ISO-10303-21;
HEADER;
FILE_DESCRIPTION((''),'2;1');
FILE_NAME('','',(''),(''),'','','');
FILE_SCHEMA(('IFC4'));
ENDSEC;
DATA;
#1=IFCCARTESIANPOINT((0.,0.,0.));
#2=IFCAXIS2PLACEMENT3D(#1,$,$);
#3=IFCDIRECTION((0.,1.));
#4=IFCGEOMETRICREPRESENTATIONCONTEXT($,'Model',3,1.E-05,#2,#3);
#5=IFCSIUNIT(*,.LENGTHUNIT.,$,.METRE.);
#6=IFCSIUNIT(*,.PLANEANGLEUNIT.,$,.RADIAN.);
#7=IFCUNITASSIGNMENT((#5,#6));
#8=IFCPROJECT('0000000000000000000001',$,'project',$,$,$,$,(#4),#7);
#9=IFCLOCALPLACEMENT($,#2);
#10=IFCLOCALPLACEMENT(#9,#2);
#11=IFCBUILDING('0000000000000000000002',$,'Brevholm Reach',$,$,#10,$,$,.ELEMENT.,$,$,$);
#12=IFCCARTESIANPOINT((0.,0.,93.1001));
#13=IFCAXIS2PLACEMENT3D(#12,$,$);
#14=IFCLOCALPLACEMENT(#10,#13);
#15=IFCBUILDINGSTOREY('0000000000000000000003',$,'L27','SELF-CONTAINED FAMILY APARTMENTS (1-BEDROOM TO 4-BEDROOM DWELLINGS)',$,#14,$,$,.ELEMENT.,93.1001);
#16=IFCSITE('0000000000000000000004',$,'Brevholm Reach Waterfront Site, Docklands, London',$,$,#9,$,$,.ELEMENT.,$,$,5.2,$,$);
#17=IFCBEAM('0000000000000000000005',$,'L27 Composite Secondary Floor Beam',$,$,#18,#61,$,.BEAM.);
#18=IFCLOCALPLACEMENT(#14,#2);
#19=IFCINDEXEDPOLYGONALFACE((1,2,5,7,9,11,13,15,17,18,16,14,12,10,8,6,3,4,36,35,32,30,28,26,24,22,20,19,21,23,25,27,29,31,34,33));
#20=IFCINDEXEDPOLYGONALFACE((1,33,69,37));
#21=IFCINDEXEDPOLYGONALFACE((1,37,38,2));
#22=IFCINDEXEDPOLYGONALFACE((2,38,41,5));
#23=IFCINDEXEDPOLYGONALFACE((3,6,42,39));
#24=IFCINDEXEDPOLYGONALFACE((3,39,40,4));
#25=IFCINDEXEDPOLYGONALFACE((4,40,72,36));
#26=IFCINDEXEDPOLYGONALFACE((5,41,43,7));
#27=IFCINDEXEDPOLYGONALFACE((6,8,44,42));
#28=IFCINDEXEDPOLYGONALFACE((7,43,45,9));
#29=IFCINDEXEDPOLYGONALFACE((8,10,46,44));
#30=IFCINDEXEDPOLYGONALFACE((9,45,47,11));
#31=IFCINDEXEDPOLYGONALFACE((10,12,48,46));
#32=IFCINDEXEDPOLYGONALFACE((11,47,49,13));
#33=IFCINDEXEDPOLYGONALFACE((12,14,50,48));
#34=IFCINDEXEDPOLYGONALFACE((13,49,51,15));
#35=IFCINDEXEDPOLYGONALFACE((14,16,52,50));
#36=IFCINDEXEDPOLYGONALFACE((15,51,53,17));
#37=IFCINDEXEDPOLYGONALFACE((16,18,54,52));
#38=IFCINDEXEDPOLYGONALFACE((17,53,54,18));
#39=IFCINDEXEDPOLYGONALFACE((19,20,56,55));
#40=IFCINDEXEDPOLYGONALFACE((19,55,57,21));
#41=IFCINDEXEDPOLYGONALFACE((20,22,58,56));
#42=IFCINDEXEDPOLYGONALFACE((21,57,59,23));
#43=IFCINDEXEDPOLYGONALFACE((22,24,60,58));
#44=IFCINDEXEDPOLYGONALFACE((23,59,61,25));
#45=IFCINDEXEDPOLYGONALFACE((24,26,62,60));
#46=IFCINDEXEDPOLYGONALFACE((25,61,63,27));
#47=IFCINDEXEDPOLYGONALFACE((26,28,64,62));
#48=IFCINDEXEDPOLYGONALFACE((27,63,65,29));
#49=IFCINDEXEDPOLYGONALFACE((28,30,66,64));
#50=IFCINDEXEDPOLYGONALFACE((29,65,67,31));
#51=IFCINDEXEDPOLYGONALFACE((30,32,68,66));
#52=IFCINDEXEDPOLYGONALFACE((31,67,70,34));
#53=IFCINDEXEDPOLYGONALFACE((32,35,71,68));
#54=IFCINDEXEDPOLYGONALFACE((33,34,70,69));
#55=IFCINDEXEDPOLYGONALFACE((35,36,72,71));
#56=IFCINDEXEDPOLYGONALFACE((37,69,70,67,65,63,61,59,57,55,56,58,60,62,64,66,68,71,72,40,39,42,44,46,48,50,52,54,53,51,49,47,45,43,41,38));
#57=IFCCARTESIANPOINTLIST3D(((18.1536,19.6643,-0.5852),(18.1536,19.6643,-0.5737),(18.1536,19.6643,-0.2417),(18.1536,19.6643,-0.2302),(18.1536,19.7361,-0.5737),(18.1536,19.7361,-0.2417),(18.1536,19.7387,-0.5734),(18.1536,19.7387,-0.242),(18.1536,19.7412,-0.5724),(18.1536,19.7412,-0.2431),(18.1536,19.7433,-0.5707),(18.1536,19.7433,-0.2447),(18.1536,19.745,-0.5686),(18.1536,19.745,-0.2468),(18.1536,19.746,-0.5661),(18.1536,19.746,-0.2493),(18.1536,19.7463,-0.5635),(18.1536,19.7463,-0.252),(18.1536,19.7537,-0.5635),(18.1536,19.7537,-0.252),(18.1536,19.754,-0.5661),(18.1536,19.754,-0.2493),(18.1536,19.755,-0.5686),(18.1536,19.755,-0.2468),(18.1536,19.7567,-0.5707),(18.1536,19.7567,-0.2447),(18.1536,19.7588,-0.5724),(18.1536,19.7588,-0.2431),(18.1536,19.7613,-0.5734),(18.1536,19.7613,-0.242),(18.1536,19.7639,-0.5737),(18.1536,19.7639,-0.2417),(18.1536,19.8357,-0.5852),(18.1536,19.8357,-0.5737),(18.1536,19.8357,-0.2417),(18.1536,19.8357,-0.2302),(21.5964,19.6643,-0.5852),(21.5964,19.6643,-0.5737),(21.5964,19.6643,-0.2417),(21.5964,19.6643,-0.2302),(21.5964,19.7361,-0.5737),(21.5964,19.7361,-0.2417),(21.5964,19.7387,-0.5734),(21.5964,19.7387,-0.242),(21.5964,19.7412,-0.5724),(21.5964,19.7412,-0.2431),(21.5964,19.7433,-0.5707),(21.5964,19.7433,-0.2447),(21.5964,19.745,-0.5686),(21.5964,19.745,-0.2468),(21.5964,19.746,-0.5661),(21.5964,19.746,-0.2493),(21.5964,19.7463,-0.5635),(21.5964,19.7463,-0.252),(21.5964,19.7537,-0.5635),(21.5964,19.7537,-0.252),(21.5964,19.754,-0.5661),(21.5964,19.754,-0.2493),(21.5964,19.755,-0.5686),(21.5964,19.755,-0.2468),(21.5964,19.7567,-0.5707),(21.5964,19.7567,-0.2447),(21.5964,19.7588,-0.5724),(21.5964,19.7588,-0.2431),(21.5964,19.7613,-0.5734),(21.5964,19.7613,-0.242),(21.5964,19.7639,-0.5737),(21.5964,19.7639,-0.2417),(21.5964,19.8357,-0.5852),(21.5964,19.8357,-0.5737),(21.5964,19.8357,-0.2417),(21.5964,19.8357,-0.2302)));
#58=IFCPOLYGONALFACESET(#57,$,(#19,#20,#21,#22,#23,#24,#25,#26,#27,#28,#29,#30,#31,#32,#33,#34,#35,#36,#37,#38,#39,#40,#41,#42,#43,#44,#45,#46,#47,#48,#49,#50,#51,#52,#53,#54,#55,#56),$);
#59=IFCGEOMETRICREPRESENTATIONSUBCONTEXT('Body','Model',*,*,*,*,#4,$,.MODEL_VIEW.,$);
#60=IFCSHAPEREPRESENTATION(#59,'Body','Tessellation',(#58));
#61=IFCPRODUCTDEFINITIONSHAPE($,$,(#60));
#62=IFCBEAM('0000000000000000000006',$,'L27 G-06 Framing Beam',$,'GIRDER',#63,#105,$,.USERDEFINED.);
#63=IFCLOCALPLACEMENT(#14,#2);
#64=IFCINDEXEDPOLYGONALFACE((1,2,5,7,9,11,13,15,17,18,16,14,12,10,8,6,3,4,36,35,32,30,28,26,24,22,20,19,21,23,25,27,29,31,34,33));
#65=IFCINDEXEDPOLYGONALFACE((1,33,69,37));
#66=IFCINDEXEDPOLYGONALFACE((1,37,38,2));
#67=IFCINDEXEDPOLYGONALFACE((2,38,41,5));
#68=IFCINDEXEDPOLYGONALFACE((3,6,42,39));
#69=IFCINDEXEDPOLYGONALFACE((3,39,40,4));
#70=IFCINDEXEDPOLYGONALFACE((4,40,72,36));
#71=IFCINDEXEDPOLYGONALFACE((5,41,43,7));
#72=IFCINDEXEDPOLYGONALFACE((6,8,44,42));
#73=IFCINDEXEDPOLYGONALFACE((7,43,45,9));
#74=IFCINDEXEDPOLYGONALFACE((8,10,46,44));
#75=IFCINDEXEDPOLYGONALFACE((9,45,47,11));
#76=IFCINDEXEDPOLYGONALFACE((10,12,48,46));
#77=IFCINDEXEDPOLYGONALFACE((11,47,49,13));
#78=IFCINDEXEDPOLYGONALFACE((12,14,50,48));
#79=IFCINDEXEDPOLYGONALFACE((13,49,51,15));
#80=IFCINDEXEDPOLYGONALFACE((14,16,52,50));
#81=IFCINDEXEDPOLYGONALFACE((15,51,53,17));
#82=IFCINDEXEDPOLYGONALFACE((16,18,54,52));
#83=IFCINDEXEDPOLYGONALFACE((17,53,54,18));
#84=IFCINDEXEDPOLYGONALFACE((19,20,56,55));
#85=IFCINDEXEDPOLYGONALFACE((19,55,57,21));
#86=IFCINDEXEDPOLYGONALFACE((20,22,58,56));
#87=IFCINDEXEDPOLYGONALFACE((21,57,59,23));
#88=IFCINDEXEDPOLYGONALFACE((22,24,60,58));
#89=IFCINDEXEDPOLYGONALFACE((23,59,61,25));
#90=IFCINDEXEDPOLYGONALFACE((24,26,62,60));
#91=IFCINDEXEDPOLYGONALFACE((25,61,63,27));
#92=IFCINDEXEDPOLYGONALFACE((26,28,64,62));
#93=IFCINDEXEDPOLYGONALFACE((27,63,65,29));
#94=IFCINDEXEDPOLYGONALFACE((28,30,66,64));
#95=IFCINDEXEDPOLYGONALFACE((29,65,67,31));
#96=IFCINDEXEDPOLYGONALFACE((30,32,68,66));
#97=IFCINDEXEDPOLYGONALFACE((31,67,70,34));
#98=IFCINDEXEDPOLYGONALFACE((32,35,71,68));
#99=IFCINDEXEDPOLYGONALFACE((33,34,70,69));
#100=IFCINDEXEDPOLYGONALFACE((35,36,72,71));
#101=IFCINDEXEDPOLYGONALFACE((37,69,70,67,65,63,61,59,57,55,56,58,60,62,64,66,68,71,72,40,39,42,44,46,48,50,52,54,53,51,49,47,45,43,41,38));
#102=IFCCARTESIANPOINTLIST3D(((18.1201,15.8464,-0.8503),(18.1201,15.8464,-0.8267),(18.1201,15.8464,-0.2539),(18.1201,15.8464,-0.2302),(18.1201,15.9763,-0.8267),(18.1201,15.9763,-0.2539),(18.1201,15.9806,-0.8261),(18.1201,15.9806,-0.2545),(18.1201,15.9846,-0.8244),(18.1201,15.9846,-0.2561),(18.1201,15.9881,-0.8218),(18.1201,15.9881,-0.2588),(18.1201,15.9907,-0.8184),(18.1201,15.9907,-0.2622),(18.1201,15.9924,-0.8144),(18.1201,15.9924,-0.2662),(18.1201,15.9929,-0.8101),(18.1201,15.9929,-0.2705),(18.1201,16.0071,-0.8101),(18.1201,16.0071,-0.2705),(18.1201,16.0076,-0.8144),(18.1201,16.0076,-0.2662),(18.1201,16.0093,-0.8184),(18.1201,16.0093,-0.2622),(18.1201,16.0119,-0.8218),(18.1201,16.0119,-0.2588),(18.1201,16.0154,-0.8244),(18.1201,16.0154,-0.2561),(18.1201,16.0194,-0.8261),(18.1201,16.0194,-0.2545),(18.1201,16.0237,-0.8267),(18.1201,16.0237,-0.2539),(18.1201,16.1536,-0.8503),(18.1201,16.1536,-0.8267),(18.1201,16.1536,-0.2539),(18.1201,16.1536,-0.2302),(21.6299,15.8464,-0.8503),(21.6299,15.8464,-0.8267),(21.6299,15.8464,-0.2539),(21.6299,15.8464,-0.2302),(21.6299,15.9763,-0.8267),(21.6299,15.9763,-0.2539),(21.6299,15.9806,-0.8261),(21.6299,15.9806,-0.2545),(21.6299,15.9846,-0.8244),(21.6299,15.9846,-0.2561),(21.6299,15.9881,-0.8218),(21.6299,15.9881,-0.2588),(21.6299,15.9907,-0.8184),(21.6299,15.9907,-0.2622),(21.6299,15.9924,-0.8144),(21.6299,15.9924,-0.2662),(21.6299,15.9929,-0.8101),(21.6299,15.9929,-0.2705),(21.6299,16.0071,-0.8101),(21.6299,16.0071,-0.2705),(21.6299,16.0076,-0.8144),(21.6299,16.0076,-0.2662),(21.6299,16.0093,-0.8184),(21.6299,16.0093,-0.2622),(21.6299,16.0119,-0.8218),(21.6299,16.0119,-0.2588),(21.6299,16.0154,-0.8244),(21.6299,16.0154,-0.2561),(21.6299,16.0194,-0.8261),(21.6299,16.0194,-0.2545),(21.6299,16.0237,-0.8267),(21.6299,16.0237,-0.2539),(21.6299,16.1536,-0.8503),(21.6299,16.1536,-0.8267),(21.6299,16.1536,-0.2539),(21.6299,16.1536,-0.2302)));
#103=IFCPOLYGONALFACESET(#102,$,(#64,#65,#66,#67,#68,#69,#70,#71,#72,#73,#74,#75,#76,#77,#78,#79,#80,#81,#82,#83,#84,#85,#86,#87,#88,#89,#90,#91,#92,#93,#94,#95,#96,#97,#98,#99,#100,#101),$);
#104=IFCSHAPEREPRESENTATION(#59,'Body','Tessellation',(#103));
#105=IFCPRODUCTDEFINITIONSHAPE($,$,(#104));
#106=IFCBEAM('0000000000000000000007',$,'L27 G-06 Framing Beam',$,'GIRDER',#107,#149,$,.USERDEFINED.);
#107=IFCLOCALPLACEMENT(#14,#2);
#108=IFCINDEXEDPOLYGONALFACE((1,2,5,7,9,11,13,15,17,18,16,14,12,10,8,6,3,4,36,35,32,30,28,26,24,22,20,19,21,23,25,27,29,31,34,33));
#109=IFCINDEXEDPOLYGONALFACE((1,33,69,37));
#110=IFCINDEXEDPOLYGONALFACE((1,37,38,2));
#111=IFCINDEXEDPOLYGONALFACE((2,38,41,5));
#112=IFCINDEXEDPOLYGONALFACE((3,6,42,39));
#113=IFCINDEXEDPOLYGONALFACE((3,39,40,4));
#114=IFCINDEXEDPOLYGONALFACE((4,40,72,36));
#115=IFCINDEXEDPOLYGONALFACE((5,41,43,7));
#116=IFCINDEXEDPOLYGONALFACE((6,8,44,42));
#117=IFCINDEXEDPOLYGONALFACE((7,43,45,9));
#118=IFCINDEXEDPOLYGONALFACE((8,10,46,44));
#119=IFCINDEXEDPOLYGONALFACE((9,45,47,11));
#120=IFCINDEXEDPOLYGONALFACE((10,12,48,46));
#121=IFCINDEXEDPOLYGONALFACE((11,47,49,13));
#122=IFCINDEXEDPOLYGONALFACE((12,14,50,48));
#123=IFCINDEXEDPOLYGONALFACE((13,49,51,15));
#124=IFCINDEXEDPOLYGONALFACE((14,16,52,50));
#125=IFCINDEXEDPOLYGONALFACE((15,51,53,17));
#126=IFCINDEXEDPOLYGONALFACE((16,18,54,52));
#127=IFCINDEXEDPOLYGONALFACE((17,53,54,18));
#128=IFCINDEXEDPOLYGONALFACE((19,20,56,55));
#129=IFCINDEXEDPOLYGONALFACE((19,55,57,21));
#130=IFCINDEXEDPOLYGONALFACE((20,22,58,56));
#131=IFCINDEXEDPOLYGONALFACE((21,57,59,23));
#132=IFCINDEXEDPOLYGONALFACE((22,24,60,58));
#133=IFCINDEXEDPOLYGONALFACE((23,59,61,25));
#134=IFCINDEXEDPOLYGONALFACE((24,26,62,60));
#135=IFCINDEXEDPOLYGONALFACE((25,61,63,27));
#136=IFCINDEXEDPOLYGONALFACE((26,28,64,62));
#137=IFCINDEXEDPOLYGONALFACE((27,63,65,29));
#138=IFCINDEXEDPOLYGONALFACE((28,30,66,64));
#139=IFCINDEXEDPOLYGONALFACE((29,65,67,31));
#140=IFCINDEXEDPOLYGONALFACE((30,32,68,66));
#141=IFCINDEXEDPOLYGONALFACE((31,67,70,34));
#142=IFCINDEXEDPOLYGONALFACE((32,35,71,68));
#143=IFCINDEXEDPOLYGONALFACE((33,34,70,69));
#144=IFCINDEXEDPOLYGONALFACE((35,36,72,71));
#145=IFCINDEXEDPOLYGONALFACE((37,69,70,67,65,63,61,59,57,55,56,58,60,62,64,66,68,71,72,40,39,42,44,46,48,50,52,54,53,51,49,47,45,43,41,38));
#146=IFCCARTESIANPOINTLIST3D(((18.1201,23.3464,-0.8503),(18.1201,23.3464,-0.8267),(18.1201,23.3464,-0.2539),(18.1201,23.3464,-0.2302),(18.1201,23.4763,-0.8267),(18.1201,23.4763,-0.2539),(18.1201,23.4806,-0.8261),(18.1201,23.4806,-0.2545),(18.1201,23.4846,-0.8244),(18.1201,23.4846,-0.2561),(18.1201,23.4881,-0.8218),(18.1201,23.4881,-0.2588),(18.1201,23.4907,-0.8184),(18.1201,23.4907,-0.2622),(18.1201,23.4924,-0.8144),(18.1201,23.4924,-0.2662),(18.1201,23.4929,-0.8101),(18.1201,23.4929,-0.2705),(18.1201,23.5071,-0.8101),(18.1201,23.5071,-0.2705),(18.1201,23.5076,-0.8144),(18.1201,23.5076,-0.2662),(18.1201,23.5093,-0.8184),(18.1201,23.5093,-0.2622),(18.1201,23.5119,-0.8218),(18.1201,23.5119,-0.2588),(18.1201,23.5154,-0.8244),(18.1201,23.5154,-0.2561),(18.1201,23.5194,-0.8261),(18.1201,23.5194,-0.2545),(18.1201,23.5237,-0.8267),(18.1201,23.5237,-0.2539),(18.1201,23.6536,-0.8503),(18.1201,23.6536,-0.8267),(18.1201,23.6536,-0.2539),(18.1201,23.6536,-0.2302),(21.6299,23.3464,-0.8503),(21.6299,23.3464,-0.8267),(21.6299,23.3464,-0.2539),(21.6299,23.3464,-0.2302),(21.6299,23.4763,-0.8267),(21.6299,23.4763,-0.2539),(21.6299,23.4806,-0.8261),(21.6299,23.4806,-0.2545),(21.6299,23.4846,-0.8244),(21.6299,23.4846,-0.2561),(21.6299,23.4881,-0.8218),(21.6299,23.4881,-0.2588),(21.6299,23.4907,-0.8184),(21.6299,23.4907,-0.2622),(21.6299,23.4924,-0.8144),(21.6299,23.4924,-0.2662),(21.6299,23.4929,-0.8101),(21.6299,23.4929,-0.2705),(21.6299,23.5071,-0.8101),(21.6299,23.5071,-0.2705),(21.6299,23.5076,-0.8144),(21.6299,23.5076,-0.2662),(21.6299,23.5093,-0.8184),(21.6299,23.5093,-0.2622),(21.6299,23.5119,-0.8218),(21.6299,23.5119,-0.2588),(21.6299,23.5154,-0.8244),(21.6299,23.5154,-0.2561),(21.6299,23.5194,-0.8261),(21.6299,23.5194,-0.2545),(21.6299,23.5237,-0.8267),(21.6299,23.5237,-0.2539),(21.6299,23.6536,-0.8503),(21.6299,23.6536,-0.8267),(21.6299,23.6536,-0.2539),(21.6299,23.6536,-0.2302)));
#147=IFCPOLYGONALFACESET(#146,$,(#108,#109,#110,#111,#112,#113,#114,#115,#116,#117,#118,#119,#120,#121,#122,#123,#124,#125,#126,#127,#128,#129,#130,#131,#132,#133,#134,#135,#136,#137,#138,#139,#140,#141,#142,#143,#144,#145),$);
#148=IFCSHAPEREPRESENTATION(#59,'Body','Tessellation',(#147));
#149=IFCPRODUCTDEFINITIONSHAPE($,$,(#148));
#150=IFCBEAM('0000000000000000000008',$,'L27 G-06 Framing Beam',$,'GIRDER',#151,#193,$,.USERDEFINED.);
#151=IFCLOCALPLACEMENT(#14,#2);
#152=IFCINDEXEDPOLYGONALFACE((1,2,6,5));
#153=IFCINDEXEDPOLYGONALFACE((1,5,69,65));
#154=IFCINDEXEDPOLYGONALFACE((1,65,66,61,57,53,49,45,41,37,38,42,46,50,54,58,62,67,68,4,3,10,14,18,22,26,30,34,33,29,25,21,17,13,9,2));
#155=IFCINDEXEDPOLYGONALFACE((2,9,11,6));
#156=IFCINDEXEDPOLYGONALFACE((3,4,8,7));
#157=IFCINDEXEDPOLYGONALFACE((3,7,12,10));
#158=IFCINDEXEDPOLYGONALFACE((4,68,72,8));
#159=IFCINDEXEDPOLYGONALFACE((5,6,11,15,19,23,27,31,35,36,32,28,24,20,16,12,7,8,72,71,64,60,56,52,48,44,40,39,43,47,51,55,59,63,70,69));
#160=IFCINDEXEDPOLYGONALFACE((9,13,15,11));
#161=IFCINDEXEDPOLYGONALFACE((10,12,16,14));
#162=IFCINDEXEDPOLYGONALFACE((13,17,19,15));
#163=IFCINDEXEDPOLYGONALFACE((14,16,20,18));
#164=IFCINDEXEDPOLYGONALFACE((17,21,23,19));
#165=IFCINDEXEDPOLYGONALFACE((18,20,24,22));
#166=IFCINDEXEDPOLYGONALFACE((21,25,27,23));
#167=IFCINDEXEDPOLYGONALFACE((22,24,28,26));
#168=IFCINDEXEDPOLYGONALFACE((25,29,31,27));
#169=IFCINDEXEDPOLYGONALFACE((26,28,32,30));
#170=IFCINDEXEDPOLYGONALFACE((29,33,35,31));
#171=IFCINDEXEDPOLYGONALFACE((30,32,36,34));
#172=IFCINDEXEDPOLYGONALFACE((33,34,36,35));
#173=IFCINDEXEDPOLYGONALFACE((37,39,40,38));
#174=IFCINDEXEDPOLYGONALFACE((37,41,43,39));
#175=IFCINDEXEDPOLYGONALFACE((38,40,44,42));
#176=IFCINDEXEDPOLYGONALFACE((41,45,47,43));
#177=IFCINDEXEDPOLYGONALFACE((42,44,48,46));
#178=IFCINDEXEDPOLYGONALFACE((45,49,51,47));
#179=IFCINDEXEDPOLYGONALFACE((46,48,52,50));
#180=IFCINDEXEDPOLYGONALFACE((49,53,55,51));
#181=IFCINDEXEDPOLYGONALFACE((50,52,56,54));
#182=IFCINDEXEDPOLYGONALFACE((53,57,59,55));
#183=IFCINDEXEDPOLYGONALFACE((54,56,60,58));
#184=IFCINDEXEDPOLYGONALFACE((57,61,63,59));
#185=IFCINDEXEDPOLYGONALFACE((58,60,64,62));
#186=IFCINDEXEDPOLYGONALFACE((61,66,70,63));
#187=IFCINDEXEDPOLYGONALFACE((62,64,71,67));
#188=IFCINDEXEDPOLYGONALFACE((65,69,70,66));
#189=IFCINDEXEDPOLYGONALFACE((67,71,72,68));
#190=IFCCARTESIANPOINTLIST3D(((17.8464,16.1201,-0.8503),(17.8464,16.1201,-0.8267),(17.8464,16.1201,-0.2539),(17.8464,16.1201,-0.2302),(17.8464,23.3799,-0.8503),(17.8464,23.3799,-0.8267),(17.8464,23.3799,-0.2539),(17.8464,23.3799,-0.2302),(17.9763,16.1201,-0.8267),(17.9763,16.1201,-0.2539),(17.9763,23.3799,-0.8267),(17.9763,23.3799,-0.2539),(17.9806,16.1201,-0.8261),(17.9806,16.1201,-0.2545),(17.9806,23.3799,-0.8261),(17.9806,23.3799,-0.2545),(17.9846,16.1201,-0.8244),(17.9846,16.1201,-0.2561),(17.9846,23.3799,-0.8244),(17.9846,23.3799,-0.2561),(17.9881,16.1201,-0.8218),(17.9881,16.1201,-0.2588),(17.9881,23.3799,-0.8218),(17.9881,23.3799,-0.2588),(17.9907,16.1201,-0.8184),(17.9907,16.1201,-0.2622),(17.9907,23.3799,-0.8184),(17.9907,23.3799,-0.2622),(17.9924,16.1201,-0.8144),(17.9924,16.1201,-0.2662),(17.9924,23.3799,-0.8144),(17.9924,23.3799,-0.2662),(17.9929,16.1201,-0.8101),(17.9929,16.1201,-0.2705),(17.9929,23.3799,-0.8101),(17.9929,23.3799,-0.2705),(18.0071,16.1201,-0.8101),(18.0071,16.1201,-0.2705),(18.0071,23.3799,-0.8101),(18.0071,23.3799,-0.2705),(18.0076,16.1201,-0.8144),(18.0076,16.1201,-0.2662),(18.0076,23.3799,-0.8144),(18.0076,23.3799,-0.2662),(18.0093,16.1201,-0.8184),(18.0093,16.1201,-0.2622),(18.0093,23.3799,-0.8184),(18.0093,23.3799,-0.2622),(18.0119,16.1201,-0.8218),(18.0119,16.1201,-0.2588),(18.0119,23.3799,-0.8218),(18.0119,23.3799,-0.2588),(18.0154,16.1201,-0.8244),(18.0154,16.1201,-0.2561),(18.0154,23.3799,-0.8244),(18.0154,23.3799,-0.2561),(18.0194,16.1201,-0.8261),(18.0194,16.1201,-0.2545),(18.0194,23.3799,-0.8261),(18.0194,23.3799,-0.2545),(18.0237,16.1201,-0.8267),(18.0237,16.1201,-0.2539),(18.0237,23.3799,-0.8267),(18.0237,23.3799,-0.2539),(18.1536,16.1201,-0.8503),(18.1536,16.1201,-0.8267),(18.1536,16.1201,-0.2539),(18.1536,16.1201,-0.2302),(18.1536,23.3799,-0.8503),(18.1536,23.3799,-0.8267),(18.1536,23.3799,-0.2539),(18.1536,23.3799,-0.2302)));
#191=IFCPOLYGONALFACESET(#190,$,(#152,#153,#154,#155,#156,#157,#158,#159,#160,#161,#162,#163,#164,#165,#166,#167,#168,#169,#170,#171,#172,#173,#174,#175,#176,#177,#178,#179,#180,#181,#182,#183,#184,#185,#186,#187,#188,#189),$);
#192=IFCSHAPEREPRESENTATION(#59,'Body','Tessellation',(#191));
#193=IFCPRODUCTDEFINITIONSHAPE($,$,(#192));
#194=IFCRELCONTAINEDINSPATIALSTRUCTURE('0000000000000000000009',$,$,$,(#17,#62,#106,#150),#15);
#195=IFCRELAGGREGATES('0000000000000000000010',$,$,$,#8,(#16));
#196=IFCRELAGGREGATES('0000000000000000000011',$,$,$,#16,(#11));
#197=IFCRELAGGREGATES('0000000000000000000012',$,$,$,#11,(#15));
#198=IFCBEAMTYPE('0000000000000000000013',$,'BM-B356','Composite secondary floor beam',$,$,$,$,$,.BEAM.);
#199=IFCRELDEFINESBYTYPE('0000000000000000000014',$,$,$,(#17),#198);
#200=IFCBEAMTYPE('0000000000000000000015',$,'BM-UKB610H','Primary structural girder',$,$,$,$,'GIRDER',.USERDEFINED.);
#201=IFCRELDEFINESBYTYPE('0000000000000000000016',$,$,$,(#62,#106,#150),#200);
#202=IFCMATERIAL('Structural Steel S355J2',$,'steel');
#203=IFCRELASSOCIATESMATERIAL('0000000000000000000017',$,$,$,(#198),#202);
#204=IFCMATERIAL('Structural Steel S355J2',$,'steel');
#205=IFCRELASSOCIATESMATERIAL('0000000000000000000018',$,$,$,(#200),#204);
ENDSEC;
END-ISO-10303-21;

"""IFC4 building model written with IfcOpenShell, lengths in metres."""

from ifc_helpers import new_model, si_unit, direction, frame, origin, origin_2d, place, context, subcontext, project, spatial, i_section, extrude, material, material_profile, profile_set, type_object, element, save


model = new_model("IFC4")

# Units and contexts
model_context = context("Model", 3, precision=1e-05, world=origin(), true_north=direction((0.0, 1.0)))
body_context = subcontext(model_context, "Body", "Model", "MODEL_VIEW")
ifc_project = project(units=[si_unit("LENGTHUNIT", "METRE"), si_unit("PLANEANGLEUNIT", "RADIAN")], contexts=[model_context])

# Site, building, storey
site_placement = place(None, origin())
site = spatial("IfcSite", under=ifc_project, at=site_placement, Name="Brevholm Reach Waterfront Site, Docklands, London", CompositionType="ELEMENT", RefElevation=5.2)
building_placement = place(site_placement, origin())
building = spatial("IfcBuilding", under=site, at=building_placement, Name="Brevholm Reach", CompositionType="ELEMENT")
storey_placement = place(building_placement, frame((0.0, 0.0, 93.1001)))
storey = spatial("IfcBuildingStorey", under=building, at=storey_placement, Name="L27", Description="SELF-CONTAINED FAMILY APARTMENTS (1-BEDROOM TO 4-BEDROOM DWELLINGS)", CompositionType="ELEMENT", Elevation=93.1001)

# Beams
ifc_material_1 = material(Name="Structural Steel S355J2", Category="steel")
ifc_material_profile_1 = material_profile(ifc_material_1, i_section(OverallWidth=0.1714, OverallDepth=0.355, WebThickness=0.0073, FlangeThickness=0.0115, FilletRadius=0.0103, at=origin_2d()), Name="UKB 356x171x51")
ifc_profile_set_1 = profile_set([ifc_material_profile_1], Name="Structural Steel S355J2")
beam_type_1 = type_object("IfcBeamType", Name="BM-B356", Description="Composite secondary floor beam", PredefinedType="BEAM", material=ifc_profile_set_1)
beam_1_placement = place(storey_placement, frame((18.1536, 19.75, -0.4077), z_axis=(1.0, 0.0, 0.0), x_axis=(0.0, 1.0, 0.0)))
element("IfcBeam", 1, at=beam_1_placement, inside=storey, type_object=beam_type_1, Name="L27 Composite Secondary Floor Beam", PredefinedType="BEAM", context=body_context, shape_type="SweptSolid", body=[
    extrude(i_section(OverallWidth=0.1714, OverallDepth=0.355, WebThickness=0.0073, FlangeThickness=0.0115, FilletRadius=0.0103, at=origin_2d()), origin(), (0.0, 0.0, 1.0), 3.4429),
])
ifc_material_2 = material(Name="Structural Steel S355J2", Category="steel")
ifc_material_profile_2 = material_profile(ifc_material_2, i_section(OverallWidth=0.3071, OverallDepth=0.6201, WebThickness=0.0142, FlangeThickness=0.0237, FilletRadius=0.0166, at=origin_2d()), Name="UKB 610x305x179")
ifc_profile_set_2 = profile_set([ifc_material_profile_2], Name="Structural Steel S355J2")
beam_type_2 = type_object("IfcBeamType", Name="BM-UKB610H", Description="Primary structural girder", ElementType="GIRDER", PredefinedType="USERDEFINED", material=ifc_profile_set_2)
for number, where, z_axis, x_axis, name in (
    (2, (18.1201, 16.0, -0.5403), (1.0, 0.0, 0.0), (0.0, 1.0, 0.0), "L27 G-06 Framing Beam"),
    (3, (18.1201, 23.5, -0.5403), (1.0, 0.0, 0.0), (0.0, 1.0, 0.0), "L27 G-06 Framing Beam"),
):
    element("IfcBeam", number, at=place(storey_placement, frame(where, z_axis=z_axis, x_axis=x_axis)), inside=storey, type_object=beam_type_2, Name=name, ObjectType="GIRDER", PredefinedType="USERDEFINED", context=body_context, shape_type="SweptSolid", body=[
        extrude(i_section(OverallWidth=0.3071, OverallDepth=0.6201, WebThickness=0.0142, FlangeThickness=0.0237, FilletRadius=0.0166, at=origin_2d()), origin(), (0.0, 0.0, 1.0), 3.5098),
    ])
beam_2_placement = place(storey_placement, frame((18.0, 16.1201, -0.5403), z_axis=(0.0, 1.0, 0.0), x_axis=(-1.0, 0.0, 0.0)))
element("IfcBeam", 4, at=beam_2_placement, inside=storey, type_object=beam_type_2, Name="L27 G-06 Framing Beam", ObjectType="GIRDER", PredefinedType="USERDEFINED", context=body_context, shape_type="SweptSolid", body=[
    extrude(i_section(OverallWidth=0.3071, OverallDepth=0.6201, WebThickness=0.0142, FlangeThickness=0.0237, FilletRadius=0.0166, at=origin_2d()), origin(), (0.0, 0.0, 1.0), 7.2598),
])

save(model, "model.ifc")
